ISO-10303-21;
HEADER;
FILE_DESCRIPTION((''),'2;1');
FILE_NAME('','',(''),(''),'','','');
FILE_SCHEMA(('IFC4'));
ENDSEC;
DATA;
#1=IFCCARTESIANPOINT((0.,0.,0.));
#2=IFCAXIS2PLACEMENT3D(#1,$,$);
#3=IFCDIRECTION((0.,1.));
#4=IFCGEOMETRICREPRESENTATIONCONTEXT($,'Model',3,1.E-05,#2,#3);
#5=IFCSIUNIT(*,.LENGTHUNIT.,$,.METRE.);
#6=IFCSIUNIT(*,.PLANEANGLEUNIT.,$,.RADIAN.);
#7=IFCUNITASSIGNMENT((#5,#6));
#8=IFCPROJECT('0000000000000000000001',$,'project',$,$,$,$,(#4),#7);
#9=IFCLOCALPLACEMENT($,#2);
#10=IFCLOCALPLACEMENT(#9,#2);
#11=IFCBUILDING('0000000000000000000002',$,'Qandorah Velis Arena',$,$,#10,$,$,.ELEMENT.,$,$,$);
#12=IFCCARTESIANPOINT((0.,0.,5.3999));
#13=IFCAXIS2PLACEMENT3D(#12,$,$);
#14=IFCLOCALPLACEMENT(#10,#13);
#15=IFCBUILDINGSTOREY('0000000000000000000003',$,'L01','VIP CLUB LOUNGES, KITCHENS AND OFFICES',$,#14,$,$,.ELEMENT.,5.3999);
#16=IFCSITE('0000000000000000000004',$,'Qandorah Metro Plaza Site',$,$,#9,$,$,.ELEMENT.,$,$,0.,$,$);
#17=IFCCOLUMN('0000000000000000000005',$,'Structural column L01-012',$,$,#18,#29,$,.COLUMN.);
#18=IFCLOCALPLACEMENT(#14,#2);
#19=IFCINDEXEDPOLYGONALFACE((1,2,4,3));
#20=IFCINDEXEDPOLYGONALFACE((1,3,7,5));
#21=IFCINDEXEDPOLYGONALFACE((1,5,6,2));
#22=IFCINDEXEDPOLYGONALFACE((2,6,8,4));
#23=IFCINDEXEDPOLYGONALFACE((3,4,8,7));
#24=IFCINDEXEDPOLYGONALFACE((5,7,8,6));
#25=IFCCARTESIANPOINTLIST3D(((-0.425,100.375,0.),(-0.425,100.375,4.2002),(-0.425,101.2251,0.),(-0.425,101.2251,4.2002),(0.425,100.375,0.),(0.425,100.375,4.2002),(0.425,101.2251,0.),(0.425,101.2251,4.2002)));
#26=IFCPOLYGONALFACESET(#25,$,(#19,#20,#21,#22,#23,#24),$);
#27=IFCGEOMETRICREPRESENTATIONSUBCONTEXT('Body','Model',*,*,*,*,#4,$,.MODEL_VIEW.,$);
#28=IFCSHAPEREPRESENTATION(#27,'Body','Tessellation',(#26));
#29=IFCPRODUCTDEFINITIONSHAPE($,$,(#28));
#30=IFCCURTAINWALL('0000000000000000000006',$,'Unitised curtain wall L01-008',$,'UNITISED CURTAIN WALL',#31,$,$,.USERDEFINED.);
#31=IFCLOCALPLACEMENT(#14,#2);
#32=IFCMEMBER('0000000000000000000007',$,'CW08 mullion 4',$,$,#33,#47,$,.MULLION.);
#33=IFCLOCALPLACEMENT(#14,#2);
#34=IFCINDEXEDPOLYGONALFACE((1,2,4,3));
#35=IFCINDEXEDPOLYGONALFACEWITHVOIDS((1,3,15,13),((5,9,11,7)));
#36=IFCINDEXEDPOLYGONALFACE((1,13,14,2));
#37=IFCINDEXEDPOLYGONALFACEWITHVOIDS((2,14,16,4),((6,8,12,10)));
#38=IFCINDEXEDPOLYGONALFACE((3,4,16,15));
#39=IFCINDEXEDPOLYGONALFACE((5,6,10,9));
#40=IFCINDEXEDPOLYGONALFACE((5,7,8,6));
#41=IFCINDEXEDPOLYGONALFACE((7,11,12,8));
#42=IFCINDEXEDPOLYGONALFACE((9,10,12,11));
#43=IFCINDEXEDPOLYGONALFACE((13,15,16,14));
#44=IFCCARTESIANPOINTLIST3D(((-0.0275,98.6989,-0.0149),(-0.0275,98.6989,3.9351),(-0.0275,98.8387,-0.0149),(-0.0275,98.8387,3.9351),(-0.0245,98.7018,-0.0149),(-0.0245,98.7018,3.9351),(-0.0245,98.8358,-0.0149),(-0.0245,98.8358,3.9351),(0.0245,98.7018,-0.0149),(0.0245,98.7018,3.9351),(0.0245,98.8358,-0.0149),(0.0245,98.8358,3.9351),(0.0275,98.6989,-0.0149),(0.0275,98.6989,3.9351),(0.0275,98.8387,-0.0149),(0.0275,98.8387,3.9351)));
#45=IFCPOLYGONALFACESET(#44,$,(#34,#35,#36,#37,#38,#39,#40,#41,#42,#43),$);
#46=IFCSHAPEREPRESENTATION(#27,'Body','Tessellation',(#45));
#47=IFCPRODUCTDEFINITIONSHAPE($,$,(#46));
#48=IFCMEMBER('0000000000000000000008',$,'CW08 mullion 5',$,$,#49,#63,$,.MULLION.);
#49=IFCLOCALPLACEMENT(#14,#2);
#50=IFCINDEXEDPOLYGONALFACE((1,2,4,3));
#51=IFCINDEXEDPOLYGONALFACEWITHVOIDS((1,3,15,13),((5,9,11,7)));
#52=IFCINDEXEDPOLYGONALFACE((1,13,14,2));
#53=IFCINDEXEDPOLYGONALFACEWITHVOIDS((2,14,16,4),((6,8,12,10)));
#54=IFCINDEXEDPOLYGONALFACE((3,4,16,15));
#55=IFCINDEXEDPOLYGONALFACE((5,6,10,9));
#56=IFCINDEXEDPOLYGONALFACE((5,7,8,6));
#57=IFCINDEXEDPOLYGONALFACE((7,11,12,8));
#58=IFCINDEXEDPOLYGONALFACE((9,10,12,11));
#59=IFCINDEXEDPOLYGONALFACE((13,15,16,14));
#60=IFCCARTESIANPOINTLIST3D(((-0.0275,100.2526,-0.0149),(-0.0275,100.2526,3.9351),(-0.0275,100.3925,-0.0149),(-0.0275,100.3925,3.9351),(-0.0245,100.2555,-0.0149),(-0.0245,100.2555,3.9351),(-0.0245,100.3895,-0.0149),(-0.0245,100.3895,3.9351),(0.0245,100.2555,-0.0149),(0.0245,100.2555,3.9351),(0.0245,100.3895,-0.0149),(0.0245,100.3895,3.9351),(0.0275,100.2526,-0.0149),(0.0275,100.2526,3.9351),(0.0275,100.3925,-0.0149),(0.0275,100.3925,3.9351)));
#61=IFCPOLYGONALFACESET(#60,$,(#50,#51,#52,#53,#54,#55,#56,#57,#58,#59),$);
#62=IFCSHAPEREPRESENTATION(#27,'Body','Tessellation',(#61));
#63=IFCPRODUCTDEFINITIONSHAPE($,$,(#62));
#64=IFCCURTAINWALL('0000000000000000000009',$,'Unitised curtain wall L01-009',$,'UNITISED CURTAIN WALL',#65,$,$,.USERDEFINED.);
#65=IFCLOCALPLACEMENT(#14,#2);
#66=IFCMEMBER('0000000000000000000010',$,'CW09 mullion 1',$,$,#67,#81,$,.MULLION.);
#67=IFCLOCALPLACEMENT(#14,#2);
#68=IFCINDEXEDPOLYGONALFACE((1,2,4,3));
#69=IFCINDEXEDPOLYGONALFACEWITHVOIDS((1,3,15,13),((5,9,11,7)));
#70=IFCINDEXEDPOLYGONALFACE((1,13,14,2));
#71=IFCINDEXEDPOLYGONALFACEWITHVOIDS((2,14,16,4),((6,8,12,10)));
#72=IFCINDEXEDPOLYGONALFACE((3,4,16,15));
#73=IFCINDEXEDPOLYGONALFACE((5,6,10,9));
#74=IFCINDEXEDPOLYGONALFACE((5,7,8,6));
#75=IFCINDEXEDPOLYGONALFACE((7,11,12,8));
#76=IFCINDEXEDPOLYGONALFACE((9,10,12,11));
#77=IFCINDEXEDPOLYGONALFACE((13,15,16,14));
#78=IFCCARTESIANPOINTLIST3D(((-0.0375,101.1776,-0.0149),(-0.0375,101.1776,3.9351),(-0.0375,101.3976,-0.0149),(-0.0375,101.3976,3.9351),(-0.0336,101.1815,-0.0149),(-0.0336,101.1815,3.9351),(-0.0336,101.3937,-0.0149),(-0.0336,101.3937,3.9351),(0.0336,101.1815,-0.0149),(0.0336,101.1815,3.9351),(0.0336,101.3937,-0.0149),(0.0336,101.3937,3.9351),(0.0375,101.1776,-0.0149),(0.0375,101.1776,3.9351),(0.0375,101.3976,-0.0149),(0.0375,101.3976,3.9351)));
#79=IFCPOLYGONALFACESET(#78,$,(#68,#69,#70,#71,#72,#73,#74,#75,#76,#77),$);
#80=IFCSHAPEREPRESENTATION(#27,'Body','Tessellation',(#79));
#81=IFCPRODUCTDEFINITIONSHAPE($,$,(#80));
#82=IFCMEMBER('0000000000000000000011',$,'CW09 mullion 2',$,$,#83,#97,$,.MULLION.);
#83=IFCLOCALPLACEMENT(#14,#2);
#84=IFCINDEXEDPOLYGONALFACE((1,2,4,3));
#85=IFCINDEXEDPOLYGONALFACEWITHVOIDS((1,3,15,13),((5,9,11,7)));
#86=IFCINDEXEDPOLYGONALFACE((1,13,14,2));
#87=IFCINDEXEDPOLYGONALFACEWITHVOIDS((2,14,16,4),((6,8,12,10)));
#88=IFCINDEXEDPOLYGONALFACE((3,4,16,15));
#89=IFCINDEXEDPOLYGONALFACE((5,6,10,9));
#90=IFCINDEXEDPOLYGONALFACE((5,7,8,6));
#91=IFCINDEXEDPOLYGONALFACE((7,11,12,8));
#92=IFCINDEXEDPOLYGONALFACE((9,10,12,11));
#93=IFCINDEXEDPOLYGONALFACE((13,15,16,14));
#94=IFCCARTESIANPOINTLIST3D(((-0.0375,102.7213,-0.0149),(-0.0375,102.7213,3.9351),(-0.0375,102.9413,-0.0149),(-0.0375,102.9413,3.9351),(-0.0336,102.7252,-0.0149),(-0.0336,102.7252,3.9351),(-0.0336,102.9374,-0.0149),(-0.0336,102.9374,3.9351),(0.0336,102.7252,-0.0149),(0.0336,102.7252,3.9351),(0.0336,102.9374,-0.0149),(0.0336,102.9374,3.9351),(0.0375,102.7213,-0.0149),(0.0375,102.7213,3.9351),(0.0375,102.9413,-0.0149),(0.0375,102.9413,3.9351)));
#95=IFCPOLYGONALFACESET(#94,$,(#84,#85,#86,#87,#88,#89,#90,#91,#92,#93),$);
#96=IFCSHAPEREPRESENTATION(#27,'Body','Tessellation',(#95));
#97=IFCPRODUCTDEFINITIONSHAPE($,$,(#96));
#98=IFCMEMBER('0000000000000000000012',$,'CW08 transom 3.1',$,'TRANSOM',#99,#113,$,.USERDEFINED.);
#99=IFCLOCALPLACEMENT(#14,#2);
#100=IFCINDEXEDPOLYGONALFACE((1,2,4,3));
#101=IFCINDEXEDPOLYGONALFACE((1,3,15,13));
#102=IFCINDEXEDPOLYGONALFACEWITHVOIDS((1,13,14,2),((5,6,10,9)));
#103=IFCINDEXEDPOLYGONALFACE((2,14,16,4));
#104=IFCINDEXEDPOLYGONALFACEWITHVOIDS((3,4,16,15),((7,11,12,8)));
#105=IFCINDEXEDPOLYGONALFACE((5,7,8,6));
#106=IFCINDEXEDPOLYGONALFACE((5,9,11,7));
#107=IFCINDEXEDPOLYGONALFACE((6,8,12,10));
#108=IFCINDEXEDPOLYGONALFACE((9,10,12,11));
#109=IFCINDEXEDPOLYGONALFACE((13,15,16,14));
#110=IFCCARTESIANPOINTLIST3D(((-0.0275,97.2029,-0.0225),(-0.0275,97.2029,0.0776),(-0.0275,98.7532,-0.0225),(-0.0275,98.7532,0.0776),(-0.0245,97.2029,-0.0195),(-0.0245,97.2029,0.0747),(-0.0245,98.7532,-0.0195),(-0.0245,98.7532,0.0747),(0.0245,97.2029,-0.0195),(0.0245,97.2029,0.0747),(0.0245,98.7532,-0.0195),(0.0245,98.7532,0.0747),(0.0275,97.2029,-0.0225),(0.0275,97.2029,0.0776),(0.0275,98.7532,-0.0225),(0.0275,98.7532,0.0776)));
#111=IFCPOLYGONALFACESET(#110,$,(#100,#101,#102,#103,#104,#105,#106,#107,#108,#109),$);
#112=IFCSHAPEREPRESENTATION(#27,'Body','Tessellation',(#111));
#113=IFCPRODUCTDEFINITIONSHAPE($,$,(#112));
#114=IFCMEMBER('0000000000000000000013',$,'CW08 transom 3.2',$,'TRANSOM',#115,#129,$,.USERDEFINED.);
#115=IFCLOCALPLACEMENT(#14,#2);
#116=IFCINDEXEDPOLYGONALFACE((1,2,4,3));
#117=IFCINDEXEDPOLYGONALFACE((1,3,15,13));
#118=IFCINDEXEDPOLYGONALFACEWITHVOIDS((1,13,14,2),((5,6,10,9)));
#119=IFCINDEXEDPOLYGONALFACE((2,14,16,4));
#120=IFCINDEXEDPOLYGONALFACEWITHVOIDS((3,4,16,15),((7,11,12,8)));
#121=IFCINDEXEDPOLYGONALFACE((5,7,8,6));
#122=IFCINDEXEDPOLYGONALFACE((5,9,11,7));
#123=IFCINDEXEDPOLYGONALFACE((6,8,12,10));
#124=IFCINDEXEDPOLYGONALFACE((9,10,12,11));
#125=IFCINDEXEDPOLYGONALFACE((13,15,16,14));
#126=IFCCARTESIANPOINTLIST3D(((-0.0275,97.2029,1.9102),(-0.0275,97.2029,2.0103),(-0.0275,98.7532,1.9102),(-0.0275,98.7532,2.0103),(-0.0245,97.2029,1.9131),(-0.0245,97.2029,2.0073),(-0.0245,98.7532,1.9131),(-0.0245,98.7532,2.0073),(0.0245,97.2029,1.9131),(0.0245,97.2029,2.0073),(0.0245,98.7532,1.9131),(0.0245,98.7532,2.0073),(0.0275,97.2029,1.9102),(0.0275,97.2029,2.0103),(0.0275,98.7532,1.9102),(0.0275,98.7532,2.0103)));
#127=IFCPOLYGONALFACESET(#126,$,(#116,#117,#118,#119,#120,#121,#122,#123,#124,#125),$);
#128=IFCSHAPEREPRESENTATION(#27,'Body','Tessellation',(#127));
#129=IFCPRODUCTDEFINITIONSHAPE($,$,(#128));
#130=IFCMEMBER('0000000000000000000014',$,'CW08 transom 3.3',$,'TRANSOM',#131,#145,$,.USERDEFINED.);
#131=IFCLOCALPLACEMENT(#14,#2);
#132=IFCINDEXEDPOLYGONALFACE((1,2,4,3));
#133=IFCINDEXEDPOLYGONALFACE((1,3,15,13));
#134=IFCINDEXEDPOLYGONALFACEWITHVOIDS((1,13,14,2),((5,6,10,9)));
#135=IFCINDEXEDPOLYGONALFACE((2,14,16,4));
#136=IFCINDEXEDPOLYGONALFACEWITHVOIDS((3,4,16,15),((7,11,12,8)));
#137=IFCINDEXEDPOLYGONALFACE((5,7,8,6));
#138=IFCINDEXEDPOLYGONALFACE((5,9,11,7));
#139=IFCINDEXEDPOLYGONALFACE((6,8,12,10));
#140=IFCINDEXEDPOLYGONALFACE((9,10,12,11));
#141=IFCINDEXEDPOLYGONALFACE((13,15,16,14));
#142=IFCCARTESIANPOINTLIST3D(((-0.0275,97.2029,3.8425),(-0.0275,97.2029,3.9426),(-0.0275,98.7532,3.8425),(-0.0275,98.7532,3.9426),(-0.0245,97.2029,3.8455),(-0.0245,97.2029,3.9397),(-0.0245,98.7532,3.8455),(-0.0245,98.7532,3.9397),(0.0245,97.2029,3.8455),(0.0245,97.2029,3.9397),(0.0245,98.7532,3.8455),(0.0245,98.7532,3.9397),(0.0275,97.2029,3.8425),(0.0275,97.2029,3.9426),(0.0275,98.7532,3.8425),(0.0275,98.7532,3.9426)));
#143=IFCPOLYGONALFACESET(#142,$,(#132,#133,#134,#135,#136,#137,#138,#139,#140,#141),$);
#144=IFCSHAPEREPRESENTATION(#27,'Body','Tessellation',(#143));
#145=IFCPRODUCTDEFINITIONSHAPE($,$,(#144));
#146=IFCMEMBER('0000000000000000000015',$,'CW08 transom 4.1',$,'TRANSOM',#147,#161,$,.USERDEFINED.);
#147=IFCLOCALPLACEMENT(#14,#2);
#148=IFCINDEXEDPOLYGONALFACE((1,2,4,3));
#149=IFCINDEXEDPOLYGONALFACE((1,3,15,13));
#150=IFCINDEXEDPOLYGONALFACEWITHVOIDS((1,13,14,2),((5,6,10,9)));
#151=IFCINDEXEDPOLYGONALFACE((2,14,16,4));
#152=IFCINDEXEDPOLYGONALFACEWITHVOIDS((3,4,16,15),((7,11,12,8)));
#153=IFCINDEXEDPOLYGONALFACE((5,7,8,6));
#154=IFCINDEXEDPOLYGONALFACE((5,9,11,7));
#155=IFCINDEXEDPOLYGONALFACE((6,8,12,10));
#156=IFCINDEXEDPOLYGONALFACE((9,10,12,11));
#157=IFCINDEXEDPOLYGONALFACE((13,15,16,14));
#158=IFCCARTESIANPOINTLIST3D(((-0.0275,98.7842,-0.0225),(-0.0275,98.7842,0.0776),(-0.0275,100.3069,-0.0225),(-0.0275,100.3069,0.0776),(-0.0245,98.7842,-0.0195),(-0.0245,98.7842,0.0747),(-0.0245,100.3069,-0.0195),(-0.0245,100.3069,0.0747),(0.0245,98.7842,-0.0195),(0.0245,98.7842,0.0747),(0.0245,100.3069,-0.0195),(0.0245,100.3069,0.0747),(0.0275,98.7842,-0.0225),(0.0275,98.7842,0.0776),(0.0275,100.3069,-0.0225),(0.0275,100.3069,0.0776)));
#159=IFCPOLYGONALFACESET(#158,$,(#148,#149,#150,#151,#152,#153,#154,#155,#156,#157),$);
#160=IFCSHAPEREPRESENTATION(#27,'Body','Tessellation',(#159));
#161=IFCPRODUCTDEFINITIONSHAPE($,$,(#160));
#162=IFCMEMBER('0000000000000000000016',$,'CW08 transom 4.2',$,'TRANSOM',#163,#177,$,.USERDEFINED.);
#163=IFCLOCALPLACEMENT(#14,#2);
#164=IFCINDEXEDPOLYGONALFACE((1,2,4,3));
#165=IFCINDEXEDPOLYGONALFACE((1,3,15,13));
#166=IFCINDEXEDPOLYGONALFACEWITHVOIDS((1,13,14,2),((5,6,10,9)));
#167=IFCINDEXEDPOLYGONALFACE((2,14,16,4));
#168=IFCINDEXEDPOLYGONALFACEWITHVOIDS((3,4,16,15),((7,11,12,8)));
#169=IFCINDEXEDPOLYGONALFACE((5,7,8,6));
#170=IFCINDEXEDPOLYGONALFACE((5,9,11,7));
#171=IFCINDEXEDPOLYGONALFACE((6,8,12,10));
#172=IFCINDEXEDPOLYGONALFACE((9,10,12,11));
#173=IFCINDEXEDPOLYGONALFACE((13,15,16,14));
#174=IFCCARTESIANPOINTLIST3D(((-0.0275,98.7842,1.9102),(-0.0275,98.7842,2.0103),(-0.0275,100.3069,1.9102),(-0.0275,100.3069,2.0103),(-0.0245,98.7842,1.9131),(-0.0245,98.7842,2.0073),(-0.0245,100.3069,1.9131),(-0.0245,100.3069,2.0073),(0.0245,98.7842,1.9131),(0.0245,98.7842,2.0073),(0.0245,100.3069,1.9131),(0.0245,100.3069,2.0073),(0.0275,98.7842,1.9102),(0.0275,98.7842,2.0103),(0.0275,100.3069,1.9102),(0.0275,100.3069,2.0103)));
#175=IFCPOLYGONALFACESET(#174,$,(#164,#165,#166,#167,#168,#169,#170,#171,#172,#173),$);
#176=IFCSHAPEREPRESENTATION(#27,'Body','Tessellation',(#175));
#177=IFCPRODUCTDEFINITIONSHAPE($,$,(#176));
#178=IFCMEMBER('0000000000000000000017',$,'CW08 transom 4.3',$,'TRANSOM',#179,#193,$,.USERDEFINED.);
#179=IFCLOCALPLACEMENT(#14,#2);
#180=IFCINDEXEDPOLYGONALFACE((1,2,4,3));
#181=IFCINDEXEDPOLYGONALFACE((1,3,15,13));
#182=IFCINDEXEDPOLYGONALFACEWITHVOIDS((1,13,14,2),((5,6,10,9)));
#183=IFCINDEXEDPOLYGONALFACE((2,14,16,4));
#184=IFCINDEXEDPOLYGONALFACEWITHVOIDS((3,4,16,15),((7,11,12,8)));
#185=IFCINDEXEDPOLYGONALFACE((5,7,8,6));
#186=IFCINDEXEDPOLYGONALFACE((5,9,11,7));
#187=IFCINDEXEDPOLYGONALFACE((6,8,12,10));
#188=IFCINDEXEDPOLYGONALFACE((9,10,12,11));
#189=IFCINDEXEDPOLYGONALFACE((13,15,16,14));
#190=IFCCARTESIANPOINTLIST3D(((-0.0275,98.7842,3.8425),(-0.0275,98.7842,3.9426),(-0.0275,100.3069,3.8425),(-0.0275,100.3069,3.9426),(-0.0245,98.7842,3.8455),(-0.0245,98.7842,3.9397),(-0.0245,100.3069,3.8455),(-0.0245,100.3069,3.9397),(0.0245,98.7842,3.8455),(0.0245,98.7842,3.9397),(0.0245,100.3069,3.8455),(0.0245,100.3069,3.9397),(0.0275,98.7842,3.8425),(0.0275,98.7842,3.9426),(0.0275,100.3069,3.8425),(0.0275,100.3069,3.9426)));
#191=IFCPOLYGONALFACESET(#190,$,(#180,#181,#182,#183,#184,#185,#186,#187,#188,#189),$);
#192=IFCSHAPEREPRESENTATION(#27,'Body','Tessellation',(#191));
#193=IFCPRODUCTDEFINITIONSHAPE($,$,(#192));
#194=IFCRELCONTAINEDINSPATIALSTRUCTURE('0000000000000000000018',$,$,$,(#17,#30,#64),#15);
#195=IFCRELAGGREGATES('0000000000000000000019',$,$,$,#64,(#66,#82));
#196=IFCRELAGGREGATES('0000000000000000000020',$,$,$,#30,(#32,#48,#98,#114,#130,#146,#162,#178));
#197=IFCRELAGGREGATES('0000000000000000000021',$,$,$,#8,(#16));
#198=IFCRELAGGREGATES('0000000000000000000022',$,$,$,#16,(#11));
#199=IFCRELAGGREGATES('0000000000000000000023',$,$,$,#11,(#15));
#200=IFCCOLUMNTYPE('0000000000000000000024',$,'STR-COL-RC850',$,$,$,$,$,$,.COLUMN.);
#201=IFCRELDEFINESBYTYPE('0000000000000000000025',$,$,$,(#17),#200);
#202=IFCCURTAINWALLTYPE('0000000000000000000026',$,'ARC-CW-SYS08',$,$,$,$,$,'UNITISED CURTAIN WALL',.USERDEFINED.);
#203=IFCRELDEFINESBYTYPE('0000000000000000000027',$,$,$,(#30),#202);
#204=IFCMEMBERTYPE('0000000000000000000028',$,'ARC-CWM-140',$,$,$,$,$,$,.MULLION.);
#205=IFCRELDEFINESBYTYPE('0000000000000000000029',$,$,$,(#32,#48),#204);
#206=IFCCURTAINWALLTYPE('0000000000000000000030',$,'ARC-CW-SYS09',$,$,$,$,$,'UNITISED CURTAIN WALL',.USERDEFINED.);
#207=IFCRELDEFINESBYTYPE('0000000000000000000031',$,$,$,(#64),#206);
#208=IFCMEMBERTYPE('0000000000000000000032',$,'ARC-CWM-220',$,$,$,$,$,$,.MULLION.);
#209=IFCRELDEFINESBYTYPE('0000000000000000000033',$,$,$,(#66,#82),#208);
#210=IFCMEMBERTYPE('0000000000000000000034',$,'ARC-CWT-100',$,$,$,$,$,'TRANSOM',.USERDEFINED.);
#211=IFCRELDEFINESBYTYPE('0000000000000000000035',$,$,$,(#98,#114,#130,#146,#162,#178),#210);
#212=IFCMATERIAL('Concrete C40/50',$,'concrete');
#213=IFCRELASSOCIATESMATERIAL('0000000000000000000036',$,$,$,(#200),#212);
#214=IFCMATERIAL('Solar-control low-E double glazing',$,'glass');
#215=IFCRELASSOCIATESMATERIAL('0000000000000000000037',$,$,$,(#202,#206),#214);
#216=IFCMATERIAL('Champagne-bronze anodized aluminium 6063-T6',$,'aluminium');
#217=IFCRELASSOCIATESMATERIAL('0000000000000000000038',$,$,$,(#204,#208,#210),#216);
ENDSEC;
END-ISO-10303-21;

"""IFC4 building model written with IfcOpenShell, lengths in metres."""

from ifc_helpers import new_model, si_unit, direction, frame, origin, origin_2d, place, context, subcontext, project, spatial, rectangle, hollow_rectangle, extrude, material, material_profile, profile_set, type_object, element, aggregate, save


model = new_model("IFC4")

# Units and contexts
model_context = context("Model", 3, precision=1e-05, world=origin(), true_north=direction((0.0, 1.0)))
body_context = subcontext(model_context, "Body", "Model", "MODEL_VIEW")
ifc_project = project(units=[si_unit("LENGTHUNIT", "METRE"), si_unit("PLANEANGLEUNIT", "RADIAN")], contexts=[model_context])

# Site, building, storey
site_placement = place(None, origin())
site = spatial("IfcSite", under=ifc_project, at=site_placement, Name="Qandorah Metro Plaza Site", CompositionType="ELEMENT", RefElevation=0.0)
building_placement = place(site_placement, origin())
building = spatial("IfcBuilding", under=site, at=building_placement, Name="Qandorah Velis Arena", CompositionType="ELEMENT")
storey_placement = place(building_placement, frame((0.0, 0.0, 5.3999)))
storey = spatial("IfcBuildingStorey", under=building, at=storey_placement, Name="L01", Description="VIP CLUB LOUNGES, KITCHENS AND OFFICES", CompositionType="ELEMENT", Elevation=5.3999)

# Column
ifc_material_1 = material(Name="Concrete C40/50", Category="concrete")
ifc_material_profile_1 = material_profile(ifc_material_1, rectangle(XDim=0.8501, YDim=0.8501, at=origin_2d()), Name="RC COL 850x850")
ifc_profile_set_1 = profile_set([ifc_material_profile_1], Name="Concrete C40/50")
column_type = type_object("IfcColumnType", Name="STR-COL-RC850", PredefinedType="COLUMN", material=ifc_profile_set_1)
column_placement = place(storey_placement, frame((0.0, 100.8, 0.0), z_axis=(0.0, 0.0, 1.0), x_axis=(1.0, 0.0, 0.0)))
element("IfcColumn", 1, at=column_placement, inside=storey, type_object=column_type, Name="Structural column L01-012", PredefinedType="COLUMN", context=body_context, shape_type="SweptSolid", body=[
    extrude(rectangle(XDim=0.8501, YDim=0.8501, at=origin_2d()), origin(), (0.0, 0.0, 1.0), 4.2002),
])

# Curtain walls, members
ifc_material_2 = material(Name="Solar-control low-E double glazing", Category="glass")
curtain_wall_type_1 = type_object("IfcCurtainWallType", Name="ARC-CW-SYS08", ElementType="UNITISED CURTAIN WALL", PredefinedType="USERDEFINED", material=ifc_material_2)
curtain_wall_1_placement = place(storey_placement, origin())
curtain_wall_1 = element("IfcCurtainWall", 2, at=curtain_wall_1_placement, inside=storey, type_object=curtain_wall_type_1, Name="Unitised curtain wall L01-008", ObjectType="UNITISED CURTAIN WALL", PredefinedType="USERDEFINED")
ifc_material_3 = material(Name="Champagne-bronze anodized aluminium 6063-T6", Category="aluminium")
ifc_material_profile_2 = material_profile(ifc_material_3, hollow_rectangle(XDim=0.0549, YDim=0.1399, WallThickness=0.0029, at=origin_2d()), Name="ALU MULLION 55x140")
ifc_profile_set_2 = profile_set([ifc_material_profile_2], Name="Champagne-bronze anodized aluminium 6063-T6")
member_type_1 = type_object("IfcMemberType", Name="ARC-CWM-140", PredefinedType="MULLION", material=ifc_profile_set_2)
member_1_placement = place(storey_placement, frame((0.0, 98.7688, -0.0149), z_axis=(0.0, 0.0, 1.0), x_axis=(-1.0, 0.0, 0.0)))
member_1 = element("IfcMember", 3, at=member_1_placement, type_object=member_type_1, Name="CW08 mullion 4", PredefinedType="MULLION", context=body_context, shape_type="SweptSolid", body=[
    extrude(hollow_rectangle(XDim=0.0549, YDim=0.1399, WallThickness=0.0029, at=origin_2d()), origin(), (0.0, 0.0, 1.0), 3.95),
])
member_2_placement = place(storey_placement, frame((0.0, 100.3225, -0.0149), z_axis=(0.0, 0.0, 1.0), x_axis=(-1.0, 0.0, 0.0)))
member_2 = element("IfcMember", 4, at=member_2_placement, type_object=member_type_1, Name="CW08 mullion 5", PredefinedType="MULLION", context=body_context, shape_type="SweptSolid", body=[
    extrude(hollow_rectangle(XDim=0.0549, YDim=0.1399, WallThickness=0.0029, at=origin_2d()), origin(), (0.0, 0.0, 1.0), 3.95),
])
curtain_wall_type_2 = type_object("IfcCurtainWallType", Name="ARC-CW-SYS09", ElementType="UNITISED CURTAIN WALL", PredefinedType="USERDEFINED", material=ifc_material_2)
curtain_wall_2_placement = place(storey_placement, origin())
curtain_wall_2 = element("IfcCurtainWall", 5, at=curtain_wall_2_placement, inside=storey, type_object=curtain_wall_type_2, Name="Unitised curtain wall L01-009", ObjectType="UNITISED CURTAIN WALL", PredefinedType="USERDEFINED")
ifc_material_profile_3 = material_profile(ifc_material_3, hollow_rectangle(XDim=0.075, YDim=0.22, WallThickness=0.0039, at=origin_2d()), Name="ALU MULLION 75x220")
ifc_profile_set_3 = profile_set([ifc_material_profile_3], Name="Champagne-bronze anodized aluminium 6063-T6")
member_type_2 = type_object("IfcMemberType", Name="ARC-CWM-220", PredefinedType="MULLION", material=ifc_profile_set_3)
member_3_placement = place(storey_placement, frame((0.0, 101.2876, -0.0149), z_axis=(0.0, 0.0, 1.0), x_axis=(-1.0, 0.0, 0.0)))
member_3 = element("IfcMember", 6, at=member_3_placement, type_object=member_type_2, Name="CW09 mullion 1", PredefinedType="MULLION", context=body_context, shape_type="SweptSolid", body=[
    extrude(hollow_rectangle(XDim=0.075, YDim=0.22, WallThickness=0.0039, at=origin_2d()), origin(), (0.0, 0.0, 1.0), 3.95),
])
member_4_placement = place(storey_placement, frame((0.0, 102.8313, -0.0149), z_axis=(0.0, 0.0, 1.0), x_axis=(-1.0, 0.0, 0.0)))
member_4 = element("IfcMember", 7, at=member_4_placement, type_object=member_type_2, Name="CW09 mullion 2", PredefinedType="MULLION", context=body_context, shape_type="SweptSolid", body=[
    extrude(hollow_rectangle(XDim=0.075, YDim=0.22, WallThickness=0.0039, at=origin_2d()), origin(), (0.0, 0.0, 1.0), 3.95),
])

# Members
ifc_material_profile_4 = material_profile(ifc_material_3, hollow_rectangle(XDim=0.0549, YDim=0.1001, WallThickness=0.0029, at=origin_2d()), Name="ALU TRANSOM 55x100")
ifc_profile_set_4 = profile_set([ifc_material_profile_4], Name="Champagne-bronze anodized aluminium 6063-T6")
member_type_3 = type_object("IfcMemberType", Name="ARC-CWT-100", ElementType="TRANSOM", PredefinedType="USERDEFINED", material=ifc_profile_set_4)
member_5_placement = place(storey_placement, frame((0.0, 97.2029, 0.0276), z_axis=(0.0, 1.0, 0.0), x_axis=(-1.0, 0.0, 0.0)))
member_5 = element("IfcMember", 8, at=member_5_placement, type_object=member_type_3, Name="CW08 transom 3.1", ObjectType="TRANSOM", PredefinedType="USERDEFINED", context=body_context, shape_type="SweptSolid", body=[
    extrude(hollow_rectangle(XDim=0.0549, YDim=0.1001, WallThickness=0.0029, at=origin_2d()), origin(), (0.0, 0.0, 1.0), 1.5503),
])
member_6_placement = place(storey_placement, frame((0.0, 97.2029, 1.9602), z_axis=(0.0, 1.0, 0.0), x_axis=(-1.0, 0.0, 0.0)))
member_6 = element("IfcMember", 9, at=member_6_placement, type_object=member_type_3, Name="CW08 transom 3.2", ObjectType="TRANSOM", PredefinedType="USERDEFINED", context=body_context, shape_type="SweptSolid", body=[
    extrude(hollow_rectangle(XDim=0.0549, YDim=0.1001, WallThickness=0.0029, at=origin_2d()), origin(), (0.0, 0.0, 1.0), 1.5503),
])
member_7_placement = place(storey_placement, frame((0.0, 97.2029, 3.8926), z_axis=(0.0, 1.0, 0.0), x_axis=(-1.0, 0.0, 0.0)))
member_7 = element("IfcMember", 10, at=member_7_placement, type_object=member_type_3, Name="CW08 transom 3.3", ObjectType="TRANSOM", PredefinedType="USERDEFINED", context=body_context, shape_type="SweptSolid", body=[
    extrude(hollow_rectangle(XDim=0.0549, YDim=0.1001, WallThickness=0.0029, at=origin_2d()), origin(), (0.0, 0.0, 1.0), 1.5503),
])
member_8_placement = place(storey_placement, frame((0.0, 98.7842, 0.0276), z_axis=(0.0, 1.0, 0.0), x_axis=(-1.0, 0.0, 0.0)))
member_8 = element("IfcMember", 11, at=member_8_placement, type_object=member_type_3, Name="CW08 transom 4.1", ObjectType="TRANSOM", PredefinedType="USERDEFINED", context=body_context, shape_type="SweptSolid", body=[
    extrude(hollow_rectangle(XDim=0.0549, YDim=0.1001, WallThickness=0.0029, at=origin_2d()), origin(), (0.0, 0.0, 1.0), 1.5227),
])
member_9_placement = place(storey_placement, frame((0.0, 98.7842, 1.9602), z_axis=(0.0, 1.0, 0.0), x_axis=(-1.0, 0.0, 0.0)))
member_9 = element("IfcMember", 12, at=member_9_placement, type_object=member_type_3, Name="CW08 transom 4.2", ObjectType="TRANSOM", PredefinedType="USERDEFINED", context=body_context, shape_type="SweptSolid", body=[
    extrude(hollow_rectangle(XDim=0.0549, YDim=0.1001, WallThickness=0.0029, at=origin_2d()), origin(), (0.0, 0.0, 1.0), 1.5227),
])
member_10_placement = place(storey_placement, frame((0.0, 98.7842, 3.8926), z_axis=(0.0, 1.0, 0.0), x_axis=(-1.0, 0.0, 0.0)))
member_10 = element("IfcMember", 13, at=member_10_placement, type_object=member_type_3, Name="CW08 transom 4.3", ObjectType="TRANSOM", PredefinedType="USERDEFINED", context=body_context, shape_type="SweptSolid", body=[
    extrude(hollow_rectangle(XDim=0.0549, YDim=0.1001, WallThickness=0.0029, at=origin_2d()), origin(), (0.0, 0.0, 1.0), 1.5227),
])

aggregate(curtain_wall_2, [member_3, member_4])
aggregate(curtain_wall_1, [member_1, member_2, member_5, member_6, member_7, member_8, member_9, member_10])

save(model, "model.ifc")
